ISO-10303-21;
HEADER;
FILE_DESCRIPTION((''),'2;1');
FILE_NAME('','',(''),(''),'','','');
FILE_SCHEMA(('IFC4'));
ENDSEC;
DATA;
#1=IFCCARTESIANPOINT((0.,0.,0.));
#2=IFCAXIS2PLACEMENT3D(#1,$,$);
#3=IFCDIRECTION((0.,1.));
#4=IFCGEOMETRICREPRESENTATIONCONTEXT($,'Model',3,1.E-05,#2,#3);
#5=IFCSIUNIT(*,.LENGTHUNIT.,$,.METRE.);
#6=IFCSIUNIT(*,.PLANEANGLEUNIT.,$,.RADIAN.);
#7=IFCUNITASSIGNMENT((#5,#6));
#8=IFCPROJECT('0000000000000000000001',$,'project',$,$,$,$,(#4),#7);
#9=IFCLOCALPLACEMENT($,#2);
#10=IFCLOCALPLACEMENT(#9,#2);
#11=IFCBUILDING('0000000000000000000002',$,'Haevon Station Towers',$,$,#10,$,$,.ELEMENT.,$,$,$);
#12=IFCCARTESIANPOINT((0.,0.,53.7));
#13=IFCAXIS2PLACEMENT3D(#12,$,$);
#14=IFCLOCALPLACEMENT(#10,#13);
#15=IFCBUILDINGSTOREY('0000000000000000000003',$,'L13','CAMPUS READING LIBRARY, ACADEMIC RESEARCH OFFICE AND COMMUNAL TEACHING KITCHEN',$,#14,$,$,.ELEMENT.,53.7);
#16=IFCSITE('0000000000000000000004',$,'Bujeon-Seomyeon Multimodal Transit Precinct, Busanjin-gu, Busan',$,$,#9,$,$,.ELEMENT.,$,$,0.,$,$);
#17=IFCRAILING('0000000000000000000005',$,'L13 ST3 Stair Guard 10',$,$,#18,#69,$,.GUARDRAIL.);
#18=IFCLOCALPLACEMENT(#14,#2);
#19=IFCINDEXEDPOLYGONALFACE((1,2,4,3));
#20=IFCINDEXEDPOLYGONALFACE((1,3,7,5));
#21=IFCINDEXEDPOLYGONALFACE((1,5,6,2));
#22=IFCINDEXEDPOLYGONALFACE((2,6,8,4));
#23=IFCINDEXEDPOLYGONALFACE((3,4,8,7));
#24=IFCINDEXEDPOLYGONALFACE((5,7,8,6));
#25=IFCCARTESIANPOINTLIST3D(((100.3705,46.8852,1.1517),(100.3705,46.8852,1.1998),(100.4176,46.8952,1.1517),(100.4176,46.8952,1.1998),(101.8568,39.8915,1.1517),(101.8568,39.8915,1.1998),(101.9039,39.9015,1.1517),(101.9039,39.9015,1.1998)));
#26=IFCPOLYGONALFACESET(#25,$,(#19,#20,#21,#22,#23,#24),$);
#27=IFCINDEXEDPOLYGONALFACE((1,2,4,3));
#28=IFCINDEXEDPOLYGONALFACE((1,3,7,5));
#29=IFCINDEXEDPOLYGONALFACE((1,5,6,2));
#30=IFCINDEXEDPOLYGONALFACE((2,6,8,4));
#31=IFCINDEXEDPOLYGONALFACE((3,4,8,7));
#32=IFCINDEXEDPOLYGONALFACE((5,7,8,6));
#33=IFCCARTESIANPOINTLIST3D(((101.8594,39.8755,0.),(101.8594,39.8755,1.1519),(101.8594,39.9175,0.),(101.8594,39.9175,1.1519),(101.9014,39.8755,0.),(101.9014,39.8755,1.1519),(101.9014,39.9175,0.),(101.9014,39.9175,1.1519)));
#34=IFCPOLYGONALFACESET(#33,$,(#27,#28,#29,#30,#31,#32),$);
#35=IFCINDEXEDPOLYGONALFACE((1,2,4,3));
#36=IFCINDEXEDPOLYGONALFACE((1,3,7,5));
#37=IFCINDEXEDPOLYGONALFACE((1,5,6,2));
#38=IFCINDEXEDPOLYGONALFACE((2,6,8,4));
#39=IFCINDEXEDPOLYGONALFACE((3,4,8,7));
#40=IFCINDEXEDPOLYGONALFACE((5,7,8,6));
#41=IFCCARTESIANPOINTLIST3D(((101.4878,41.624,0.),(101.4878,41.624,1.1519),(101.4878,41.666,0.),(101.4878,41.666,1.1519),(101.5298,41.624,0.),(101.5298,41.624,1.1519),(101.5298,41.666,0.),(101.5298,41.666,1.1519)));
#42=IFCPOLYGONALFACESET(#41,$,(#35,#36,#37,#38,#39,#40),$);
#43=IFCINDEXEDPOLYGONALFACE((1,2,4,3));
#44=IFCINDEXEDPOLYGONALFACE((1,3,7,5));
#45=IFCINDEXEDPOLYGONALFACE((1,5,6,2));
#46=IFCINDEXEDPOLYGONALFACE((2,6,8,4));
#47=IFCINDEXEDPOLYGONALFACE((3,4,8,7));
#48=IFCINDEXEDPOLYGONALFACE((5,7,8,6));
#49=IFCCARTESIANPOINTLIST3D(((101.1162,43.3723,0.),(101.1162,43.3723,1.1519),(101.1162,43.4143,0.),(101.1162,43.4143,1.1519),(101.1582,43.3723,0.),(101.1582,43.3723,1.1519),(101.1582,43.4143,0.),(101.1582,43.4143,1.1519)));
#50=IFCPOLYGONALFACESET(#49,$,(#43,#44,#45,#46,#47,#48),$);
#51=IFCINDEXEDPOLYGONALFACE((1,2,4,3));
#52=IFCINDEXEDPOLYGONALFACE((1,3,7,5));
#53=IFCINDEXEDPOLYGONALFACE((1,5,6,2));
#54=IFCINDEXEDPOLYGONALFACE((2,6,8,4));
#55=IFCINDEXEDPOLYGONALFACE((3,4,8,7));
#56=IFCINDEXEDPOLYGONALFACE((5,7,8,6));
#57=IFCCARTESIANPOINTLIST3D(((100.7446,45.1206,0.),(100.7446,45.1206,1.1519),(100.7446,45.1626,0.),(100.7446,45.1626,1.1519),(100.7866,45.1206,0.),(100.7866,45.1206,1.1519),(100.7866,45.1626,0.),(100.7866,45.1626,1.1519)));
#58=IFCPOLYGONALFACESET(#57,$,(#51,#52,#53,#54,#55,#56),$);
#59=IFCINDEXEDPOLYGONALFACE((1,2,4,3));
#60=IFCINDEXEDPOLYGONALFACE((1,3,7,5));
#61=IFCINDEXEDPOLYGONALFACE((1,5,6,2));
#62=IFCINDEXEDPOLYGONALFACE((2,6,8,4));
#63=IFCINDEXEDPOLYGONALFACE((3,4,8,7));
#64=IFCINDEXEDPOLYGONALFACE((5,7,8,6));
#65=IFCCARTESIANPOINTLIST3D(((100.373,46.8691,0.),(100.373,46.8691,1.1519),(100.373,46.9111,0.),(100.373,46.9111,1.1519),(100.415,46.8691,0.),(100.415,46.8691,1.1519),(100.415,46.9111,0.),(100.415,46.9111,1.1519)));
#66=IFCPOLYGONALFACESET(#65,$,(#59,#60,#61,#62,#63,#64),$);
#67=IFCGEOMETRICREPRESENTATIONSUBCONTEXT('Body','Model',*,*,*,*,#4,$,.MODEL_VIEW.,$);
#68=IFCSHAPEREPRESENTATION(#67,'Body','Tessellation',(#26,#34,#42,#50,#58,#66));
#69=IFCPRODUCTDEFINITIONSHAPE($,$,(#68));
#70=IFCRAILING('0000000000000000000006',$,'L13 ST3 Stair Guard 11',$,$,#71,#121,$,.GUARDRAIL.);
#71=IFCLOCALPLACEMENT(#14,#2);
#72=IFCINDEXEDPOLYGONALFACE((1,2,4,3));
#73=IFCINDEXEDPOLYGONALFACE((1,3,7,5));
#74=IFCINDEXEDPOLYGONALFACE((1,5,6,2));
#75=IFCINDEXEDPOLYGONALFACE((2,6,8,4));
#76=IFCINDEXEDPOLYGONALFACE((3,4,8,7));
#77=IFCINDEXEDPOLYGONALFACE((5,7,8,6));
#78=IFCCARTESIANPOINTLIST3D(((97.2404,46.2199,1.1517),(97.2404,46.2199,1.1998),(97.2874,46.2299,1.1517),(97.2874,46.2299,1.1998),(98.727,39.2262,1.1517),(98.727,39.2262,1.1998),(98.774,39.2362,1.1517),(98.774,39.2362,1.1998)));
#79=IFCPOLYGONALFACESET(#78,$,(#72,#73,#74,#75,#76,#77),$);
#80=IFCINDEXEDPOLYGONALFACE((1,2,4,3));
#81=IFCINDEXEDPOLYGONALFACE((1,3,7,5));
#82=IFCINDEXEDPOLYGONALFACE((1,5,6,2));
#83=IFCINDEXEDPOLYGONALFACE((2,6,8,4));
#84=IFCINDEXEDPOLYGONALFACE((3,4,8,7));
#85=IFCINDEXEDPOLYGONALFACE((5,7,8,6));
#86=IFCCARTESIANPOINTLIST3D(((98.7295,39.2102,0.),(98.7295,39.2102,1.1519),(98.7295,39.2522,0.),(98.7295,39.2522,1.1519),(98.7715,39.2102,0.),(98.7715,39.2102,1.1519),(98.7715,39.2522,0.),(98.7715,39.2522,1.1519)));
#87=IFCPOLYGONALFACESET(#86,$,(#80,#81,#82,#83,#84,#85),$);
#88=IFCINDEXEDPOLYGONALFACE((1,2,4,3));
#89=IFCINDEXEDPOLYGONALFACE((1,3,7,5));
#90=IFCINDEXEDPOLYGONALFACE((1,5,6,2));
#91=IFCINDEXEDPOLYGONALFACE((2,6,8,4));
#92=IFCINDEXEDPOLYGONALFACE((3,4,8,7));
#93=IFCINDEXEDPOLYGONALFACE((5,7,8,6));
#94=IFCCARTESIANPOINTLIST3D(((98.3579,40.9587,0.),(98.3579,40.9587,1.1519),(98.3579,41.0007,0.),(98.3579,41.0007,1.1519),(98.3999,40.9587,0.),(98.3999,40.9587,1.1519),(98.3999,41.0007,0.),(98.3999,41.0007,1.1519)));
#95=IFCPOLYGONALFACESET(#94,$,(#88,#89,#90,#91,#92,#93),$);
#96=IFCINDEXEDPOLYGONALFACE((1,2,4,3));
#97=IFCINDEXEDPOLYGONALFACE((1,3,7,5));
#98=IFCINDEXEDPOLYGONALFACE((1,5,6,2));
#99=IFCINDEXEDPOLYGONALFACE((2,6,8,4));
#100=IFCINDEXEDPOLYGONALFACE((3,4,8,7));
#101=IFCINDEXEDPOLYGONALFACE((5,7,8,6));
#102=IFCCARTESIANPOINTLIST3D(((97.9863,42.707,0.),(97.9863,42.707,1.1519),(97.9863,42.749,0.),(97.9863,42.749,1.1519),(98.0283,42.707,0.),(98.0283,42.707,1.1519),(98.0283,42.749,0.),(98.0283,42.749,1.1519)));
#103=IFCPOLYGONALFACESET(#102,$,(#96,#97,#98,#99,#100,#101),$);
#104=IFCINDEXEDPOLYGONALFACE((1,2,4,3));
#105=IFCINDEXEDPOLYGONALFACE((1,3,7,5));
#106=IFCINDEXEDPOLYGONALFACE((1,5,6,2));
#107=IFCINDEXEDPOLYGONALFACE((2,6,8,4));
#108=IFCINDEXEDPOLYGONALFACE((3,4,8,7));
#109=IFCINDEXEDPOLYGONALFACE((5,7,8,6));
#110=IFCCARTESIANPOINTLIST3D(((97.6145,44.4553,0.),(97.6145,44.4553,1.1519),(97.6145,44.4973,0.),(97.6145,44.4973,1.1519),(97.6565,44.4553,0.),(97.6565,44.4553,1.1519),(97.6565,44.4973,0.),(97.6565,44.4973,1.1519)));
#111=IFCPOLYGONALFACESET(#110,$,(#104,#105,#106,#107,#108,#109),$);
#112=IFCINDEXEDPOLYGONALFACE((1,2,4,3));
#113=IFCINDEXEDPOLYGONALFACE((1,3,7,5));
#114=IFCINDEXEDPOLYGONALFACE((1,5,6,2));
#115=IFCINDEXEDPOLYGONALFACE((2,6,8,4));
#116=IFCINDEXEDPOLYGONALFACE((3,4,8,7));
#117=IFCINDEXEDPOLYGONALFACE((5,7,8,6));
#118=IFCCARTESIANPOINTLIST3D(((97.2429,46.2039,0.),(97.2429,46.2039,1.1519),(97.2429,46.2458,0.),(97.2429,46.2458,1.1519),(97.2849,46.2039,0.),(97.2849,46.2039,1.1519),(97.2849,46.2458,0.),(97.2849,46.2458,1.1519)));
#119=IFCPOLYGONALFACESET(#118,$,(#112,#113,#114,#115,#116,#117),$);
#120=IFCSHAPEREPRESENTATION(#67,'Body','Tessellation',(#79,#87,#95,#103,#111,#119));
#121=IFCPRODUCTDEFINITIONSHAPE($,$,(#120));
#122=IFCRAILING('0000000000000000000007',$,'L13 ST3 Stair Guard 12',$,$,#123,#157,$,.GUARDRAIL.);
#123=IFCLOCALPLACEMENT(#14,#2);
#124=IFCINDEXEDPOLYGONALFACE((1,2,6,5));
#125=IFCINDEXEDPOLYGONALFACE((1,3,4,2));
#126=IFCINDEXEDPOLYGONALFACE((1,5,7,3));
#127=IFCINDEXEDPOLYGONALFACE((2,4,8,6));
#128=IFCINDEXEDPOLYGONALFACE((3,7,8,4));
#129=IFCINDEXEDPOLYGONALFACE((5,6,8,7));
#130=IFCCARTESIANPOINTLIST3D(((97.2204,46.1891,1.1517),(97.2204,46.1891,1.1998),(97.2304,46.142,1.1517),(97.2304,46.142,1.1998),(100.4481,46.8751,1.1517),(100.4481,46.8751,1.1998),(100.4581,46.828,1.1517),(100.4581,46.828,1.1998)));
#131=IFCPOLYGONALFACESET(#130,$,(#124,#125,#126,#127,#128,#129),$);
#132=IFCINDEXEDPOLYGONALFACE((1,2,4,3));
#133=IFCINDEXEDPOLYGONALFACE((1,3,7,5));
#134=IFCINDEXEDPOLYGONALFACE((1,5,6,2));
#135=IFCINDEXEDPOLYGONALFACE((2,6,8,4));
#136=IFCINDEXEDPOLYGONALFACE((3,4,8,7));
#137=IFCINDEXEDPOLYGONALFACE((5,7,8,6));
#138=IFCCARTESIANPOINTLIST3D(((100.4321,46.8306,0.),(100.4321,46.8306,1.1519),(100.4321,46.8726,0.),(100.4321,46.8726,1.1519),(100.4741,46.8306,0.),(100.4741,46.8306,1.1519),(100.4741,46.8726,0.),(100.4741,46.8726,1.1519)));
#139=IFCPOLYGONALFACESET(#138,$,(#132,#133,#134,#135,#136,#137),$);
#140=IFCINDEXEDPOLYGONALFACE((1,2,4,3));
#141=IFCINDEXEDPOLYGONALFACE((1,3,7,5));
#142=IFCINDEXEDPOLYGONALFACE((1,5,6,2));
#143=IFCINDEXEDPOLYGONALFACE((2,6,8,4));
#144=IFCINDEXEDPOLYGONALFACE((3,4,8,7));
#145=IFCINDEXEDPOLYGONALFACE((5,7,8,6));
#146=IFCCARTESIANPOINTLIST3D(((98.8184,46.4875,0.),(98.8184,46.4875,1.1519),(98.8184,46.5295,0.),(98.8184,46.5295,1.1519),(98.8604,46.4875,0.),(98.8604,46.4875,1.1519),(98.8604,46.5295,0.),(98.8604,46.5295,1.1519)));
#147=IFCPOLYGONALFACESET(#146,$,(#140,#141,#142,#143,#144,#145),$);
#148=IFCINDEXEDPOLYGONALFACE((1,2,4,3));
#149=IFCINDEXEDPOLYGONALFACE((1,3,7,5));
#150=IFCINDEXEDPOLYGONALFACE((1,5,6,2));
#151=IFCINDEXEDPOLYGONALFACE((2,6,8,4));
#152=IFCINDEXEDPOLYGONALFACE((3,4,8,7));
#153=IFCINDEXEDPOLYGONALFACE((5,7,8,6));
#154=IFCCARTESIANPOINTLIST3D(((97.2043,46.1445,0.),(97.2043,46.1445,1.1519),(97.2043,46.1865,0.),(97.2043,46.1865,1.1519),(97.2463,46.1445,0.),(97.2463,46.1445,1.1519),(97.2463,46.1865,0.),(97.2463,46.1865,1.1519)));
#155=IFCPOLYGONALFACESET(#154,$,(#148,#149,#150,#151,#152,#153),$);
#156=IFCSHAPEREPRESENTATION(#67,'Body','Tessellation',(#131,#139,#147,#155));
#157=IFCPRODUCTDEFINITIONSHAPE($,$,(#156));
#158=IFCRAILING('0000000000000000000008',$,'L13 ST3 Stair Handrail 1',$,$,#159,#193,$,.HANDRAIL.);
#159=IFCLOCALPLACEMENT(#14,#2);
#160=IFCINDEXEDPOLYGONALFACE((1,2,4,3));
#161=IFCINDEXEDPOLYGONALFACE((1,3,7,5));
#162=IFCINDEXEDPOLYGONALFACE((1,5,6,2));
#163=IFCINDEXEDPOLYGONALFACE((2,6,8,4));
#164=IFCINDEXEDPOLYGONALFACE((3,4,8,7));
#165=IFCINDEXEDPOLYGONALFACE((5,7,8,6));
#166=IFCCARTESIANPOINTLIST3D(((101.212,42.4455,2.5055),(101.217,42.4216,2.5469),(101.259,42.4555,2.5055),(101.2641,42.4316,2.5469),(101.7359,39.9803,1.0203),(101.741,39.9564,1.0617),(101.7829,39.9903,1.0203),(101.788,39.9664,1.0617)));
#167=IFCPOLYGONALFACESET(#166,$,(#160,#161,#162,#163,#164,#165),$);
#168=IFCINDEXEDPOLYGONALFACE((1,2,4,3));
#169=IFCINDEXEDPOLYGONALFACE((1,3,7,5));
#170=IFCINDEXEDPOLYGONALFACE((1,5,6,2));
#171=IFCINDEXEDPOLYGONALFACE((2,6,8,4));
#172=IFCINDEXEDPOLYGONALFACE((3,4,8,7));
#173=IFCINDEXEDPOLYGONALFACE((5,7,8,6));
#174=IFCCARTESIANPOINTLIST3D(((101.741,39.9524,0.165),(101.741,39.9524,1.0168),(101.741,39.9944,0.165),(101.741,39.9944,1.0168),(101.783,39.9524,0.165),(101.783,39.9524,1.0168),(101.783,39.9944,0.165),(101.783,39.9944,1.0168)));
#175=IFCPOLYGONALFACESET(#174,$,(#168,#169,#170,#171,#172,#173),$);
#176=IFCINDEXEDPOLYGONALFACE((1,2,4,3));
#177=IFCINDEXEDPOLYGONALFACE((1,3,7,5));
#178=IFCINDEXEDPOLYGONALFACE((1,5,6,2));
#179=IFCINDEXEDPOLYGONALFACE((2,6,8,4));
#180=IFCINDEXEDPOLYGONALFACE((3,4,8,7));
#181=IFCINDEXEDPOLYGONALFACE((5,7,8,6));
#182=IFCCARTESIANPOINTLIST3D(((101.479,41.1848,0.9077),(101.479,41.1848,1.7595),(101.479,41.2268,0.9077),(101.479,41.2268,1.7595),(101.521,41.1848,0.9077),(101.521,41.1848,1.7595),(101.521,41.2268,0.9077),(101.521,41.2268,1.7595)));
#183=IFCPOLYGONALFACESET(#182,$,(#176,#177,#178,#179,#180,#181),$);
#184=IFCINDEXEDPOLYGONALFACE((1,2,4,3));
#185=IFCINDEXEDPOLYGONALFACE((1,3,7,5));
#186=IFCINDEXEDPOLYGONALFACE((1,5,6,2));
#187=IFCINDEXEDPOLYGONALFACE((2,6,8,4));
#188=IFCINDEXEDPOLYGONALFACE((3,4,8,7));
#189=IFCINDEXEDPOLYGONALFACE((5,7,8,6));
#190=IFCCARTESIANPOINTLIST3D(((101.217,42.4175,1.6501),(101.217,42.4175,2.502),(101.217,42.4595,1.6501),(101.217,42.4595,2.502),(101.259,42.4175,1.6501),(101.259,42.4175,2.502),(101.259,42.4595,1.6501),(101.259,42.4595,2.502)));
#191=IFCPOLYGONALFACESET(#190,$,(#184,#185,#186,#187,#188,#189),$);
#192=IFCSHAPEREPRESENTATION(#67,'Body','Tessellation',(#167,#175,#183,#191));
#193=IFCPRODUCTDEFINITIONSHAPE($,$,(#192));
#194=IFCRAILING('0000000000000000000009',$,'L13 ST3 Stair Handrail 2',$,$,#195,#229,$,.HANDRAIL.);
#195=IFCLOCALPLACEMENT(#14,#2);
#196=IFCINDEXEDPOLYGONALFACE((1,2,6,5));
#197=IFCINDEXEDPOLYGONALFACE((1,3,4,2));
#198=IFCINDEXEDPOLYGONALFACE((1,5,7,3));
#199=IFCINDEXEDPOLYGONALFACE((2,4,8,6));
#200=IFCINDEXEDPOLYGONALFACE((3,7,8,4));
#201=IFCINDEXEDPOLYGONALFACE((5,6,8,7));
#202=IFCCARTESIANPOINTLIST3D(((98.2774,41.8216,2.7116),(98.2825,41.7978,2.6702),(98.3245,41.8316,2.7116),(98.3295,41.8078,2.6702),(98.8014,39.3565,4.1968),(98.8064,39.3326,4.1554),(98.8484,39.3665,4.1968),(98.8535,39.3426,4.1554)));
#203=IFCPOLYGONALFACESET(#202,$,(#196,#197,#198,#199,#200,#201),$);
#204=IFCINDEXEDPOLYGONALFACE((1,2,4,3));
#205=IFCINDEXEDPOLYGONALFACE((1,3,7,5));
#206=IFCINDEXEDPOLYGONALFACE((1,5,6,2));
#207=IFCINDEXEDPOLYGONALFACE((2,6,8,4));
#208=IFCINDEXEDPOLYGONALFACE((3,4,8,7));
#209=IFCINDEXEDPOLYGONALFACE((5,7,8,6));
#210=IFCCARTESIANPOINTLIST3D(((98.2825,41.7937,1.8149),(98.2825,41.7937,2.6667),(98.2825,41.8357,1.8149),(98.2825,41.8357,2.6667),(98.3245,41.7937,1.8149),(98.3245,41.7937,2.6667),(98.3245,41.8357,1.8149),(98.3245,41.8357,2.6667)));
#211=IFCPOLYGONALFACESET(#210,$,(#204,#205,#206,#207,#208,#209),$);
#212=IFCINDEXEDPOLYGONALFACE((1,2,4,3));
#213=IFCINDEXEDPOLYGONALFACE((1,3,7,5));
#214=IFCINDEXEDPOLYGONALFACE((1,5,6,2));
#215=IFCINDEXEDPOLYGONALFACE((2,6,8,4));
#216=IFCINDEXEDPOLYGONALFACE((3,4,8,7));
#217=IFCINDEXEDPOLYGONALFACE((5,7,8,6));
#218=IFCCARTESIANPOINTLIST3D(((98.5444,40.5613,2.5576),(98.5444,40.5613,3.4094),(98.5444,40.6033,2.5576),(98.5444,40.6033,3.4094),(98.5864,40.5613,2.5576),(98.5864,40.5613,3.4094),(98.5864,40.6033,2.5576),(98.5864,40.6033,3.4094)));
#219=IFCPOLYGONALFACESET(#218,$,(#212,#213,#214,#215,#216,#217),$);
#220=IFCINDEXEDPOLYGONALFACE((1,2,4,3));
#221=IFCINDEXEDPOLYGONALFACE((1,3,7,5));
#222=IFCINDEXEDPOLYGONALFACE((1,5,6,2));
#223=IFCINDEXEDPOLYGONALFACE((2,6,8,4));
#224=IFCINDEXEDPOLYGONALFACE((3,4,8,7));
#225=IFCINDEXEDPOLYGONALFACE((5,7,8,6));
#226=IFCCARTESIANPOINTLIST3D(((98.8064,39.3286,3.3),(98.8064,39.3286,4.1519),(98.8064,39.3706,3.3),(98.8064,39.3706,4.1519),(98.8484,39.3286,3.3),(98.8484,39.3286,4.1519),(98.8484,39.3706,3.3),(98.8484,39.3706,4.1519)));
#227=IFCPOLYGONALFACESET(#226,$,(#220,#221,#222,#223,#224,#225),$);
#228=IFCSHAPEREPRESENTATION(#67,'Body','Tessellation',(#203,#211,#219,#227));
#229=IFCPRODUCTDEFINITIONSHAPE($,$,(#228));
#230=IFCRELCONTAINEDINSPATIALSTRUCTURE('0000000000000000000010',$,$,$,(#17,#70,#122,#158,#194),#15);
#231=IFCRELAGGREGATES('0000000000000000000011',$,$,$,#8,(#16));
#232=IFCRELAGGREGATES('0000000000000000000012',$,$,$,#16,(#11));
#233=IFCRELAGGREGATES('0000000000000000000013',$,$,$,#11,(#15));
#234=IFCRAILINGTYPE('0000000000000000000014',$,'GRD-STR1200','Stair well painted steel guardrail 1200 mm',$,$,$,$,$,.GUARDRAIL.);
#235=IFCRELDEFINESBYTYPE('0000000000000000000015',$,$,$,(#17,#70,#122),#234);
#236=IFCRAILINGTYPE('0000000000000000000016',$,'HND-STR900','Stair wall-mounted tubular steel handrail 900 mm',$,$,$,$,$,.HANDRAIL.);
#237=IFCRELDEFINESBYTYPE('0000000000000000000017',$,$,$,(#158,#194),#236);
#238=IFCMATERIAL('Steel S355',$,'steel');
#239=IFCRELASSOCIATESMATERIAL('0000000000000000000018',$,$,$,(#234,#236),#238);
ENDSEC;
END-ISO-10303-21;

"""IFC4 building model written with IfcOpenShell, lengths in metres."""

from ifc_helpers import new_model, si_unit, direction, frame, origin, origin_2d, place, context, subcontext, project, spatial, rectangle, extrude, material, type_object, element, save


model = new_model("IFC4")

# Units and contexts
model_context = context("Model", 3, precision=1e-05, world=origin(), true_north=direction((0.0, 1.0)))
body_context = subcontext(model_context, "Body", "Model", "MODEL_VIEW")
ifc_project = project(units=[si_unit("LENGTHUNIT", "METRE"), si_unit("PLANEANGLEUNIT", "RADIAN")], contexts=[model_context])

# Site, building, storey
site_placement = place(None, origin())
site = spatial("IfcSite", under=ifc_project, at=site_placement, Name="Bujeon-Seomyeon Multimodal Transit Precinct, Busanjin-gu, Busan", CompositionType="ELEMENT", RefElevation=0.0)
building_placement = place(site_placement, origin())
building = spatial("IfcBuilding", under=site, at=building_placement, Name="Haevon Station Towers", CompositionType="ELEMENT")
storey_placement = place(building_placement, frame((0.0, 0.0, 53.7)))
storey = spatial("IfcBuildingStorey", under=building, at=storey_placement, Name="L13", Description="CAMPUS READING LIBRARY, ACADEMIC RESEARCH OFFICE AND COMMUNAL TEACHING KITCHEN", CompositionType="ELEMENT", Elevation=53.7)

# Shared definitions
ifc_material_1 = material(Name="Steel S355", Category="steel")

# Railings
railing_type_1 = type_object("IfcRailingType", Name="GRD-STR1200", Description="Stair well painted steel guardrail 1200 mm", PredefinedType="GUARDRAIL", material=ifc_material_1)
railing_1_placement = place(storey_placement, frame((101.8804, 39.8965, 0.0)))
element("IfcRailing", 1, at=railing_1_placement, inside=storey, type_object=railing_type_1, Name="L13 ST3 Stair Guard 10", PredefinedType="GUARDRAIL", context=body_context, shape_type="SweptSolid", body=[
    extrude(rectangle(XDim=0.0481, YDim=0.0481, at=origin_2d()), frame((0.0, 0.0, 1.1758), z_axis=(-0.207882, 0.978154, 0.0), x_axis=(-0.978154, -0.207882, 0.0)), (0.0, 0.0, 1.0), 7.1499),
    extrude(rectangle(XDim=0.042, YDim=0.042, at=origin_2d()), origin(), (0.0, 0.0, 1.0), 1.1519),
    extrude(rectangle(XDim=0.042, YDim=0.042, at=origin_2d()), frame((-0.3716, 1.7485, 0.0)), (0.0, 0.0, 1.0), 1.1519),
    extrude(rectangle(XDim=0.042, YDim=0.042, at=origin_2d()), frame((-0.7432, 3.4968, 0.0)), (0.0, 0.0, 1.0), 1.1519),
    extrude(rectangle(XDim=0.042, YDim=0.042, at=origin_2d()), frame((-1.1147, 5.2451, 0.0)), (0.0, 0.0, 1.0), 1.1519),
    extrude(rectangle(XDim=0.042, YDim=0.042, at=origin_2d()), frame((-1.4863, 6.9937, 0.0)), (0.0, 0.0, 1.0), 1.1519),
])
railing_2_placement = place(storey_placement, frame((98.7505, 39.2312, 0.0)))
element("IfcRailing", 2, at=railing_2_placement, inside=storey, type_object=railing_type_1, Name="L13 ST3 Stair Guard 11", PredefinedType="GUARDRAIL", context=body_context, shape_type="SweptSolid", body=[
    extrude(rectangle(XDim=0.0481, YDim=0.0481, at=origin_2d()), frame((0.0, 0.0, 1.1758), z_axis=(-0.207915, 0.978147, 0.0), x_axis=(-0.978147, -0.207915, 0.0)), (0.0, 0.0, 1.0), 7.1499),
    extrude(rectangle(XDim=0.042, YDim=0.042, at=origin_2d()), origin(), (0.0, 0.0, 1.0), 1.1519),
    extrude(rectangle(XDim=0.042, YDim=0.042, at=origin_2d()), frame((-0.3716, 1.7485, 0.0)), (0.0, 0.0, 1.0), 1.1519),
    extrude(rectangle(XDim=0.042, YDim=0.042, at=origin_2d()), frame((-0.7432, 3.4968, 0.0)), (0.0, 0.0, 1.0), 1.1519),
    extrude(rectangle(XDim=0.042, YDim=0.042, at=origin_2d()), frame((-1.115, 5.2451, 0.0)), (0.0, 0.0, 1.0), 1.1519),
    extrude(rectangle(XDim=0.042, YDim=0.042, at=origin_2d()), frame((-1.4866, 6.9937, 0.0)), (0.0, 0.0, 1.0), 1.1519),
])
railing_3_placement = place(storey_placement, frame((100.4531, 46.8516, 0.0)))
element("IfcRailing", 3, at=railing_3_placement, inside=storey, type_object=railing_type_1, Name="L13 ST3 Stair Guard 12", PredefinedType="GUARDRAIL", context=body_context, shape_type="SweptSolid", body=[
    extrude(rectangle(XDim=0.0481, YDim=0.0481, at=origin_2d()), frame((0.0, 0.0, 1.1758), z_axis=(-0.978151, -0.207897, 0.0), x_axis=(0.207897, -0.978151, 0.0)), (0.0, 0.0, 1.0), 3.2998),
    extrude(rectangle(XDim=0.042, YDim=0.042, at=origin_2d()), origin(), (0.0, 0.0, 1.0), 1.1519),
    extrude(rectangle(XDim=0.042, YDim=0.042, at=origin_2d()), frame((-1.6138, -0.343, 0.0)), (0.0, 0.0, 1.0), 1.1519),
    extrude(rectangle(XDim=0.042, YDim=0.042, at=origin_2d()), frame((-3.2278, -0.686, 0.0)), (0.0, 0.0, 1.0), 1.1519),
])
railing_type_2 = type_object("IfcRailingType", Name="HND-STR900", Description="Stair wall-mounted tubular steel handrail 900 mm", PredefinedType="HANDRAIL", material=ifc_material_1)
railing_4_placement = place(storey_placement, frame((101.762, 39.9734, 0.165)))
element("IfcRailing", 4, at=railing_4_placement, inside=storey, type_object=railing_type_2, Name="L13 ST3 Stair Handrail 1", PredefinedType="HANDRAIL", context=body_context, shape_type="SweptSolid", body=[
    extrude(rectangle(XDim=0.0481, YDim=0.0481, at=origin_2d()), frame((0.0, 0.0, 0.876), z_axis=(-0.179109, 0.842712, 0.507697), x_axis=(-0.978151, -0.207895, 0.0)), (0.0, 0.0, 1.0), 2.9253),
    extrude(rectangle(XDim=0.042, YDim=0.042, at=origin_2d()), origin(), (0.0, 0.0, 1.0), 0.8518),
    extrude(rectangle(XDim=0.042, YDim=0.042, at=origin_2d()), frame((-0.262, 1.2324, 0.7427)), (0.0, 0.0, 1.0), 0.8518),
    extrude(rectangle(XDim=0.042, YDim=0.042, at=origin_2d()), frame((-0.5239, 2.4651, 1.4851)), (0.0, 0.0, 1.0), 0.8518),
])
railing_5_placement = place(storey_placement, frame((98.3035, 41.8147, 1.8149)))
element("IfcRailing", 5, at=railing_5_placement, inside=storey, type_object=railing_type_2, Name="L13 ST3 Stair Handrail 2", PredefinedType="HANDRAIL", context=body_context, shape_type="SweptSolid", body=[
    extrude(rectangle(XDim=0.0481, YDim=0.0481, at=origin_2d()), frame((0.0, 0.0, 0.876), z_axis=(0.179109, -0.842712, 0.507697), x_axis=(0.978151, 0.207895, 0.0)), (0.0, 0.0, 1.0), 2.9253),
    extrude(rectangle(XDim=0.042, YDim=0.042, at=origin_2d()), origin(), (0.0, 0.0, 1.0), 0.8518),
    extrude(rectangle(XDim=0.042, YDim=0.042, at=origin_2d()), frame((0.262, -1.2324, 0.7427)), (0.0, 0.0, 1.0), 0.8518),
    extrude(rectangle(XDim=0.042, YDim=0.042, at=origin_2d()), frame((0.5239, -2.4651, 1.4851)), (0.0, 0.0, 1.0), 0.8518),
])

save(model, "model.ifc")
